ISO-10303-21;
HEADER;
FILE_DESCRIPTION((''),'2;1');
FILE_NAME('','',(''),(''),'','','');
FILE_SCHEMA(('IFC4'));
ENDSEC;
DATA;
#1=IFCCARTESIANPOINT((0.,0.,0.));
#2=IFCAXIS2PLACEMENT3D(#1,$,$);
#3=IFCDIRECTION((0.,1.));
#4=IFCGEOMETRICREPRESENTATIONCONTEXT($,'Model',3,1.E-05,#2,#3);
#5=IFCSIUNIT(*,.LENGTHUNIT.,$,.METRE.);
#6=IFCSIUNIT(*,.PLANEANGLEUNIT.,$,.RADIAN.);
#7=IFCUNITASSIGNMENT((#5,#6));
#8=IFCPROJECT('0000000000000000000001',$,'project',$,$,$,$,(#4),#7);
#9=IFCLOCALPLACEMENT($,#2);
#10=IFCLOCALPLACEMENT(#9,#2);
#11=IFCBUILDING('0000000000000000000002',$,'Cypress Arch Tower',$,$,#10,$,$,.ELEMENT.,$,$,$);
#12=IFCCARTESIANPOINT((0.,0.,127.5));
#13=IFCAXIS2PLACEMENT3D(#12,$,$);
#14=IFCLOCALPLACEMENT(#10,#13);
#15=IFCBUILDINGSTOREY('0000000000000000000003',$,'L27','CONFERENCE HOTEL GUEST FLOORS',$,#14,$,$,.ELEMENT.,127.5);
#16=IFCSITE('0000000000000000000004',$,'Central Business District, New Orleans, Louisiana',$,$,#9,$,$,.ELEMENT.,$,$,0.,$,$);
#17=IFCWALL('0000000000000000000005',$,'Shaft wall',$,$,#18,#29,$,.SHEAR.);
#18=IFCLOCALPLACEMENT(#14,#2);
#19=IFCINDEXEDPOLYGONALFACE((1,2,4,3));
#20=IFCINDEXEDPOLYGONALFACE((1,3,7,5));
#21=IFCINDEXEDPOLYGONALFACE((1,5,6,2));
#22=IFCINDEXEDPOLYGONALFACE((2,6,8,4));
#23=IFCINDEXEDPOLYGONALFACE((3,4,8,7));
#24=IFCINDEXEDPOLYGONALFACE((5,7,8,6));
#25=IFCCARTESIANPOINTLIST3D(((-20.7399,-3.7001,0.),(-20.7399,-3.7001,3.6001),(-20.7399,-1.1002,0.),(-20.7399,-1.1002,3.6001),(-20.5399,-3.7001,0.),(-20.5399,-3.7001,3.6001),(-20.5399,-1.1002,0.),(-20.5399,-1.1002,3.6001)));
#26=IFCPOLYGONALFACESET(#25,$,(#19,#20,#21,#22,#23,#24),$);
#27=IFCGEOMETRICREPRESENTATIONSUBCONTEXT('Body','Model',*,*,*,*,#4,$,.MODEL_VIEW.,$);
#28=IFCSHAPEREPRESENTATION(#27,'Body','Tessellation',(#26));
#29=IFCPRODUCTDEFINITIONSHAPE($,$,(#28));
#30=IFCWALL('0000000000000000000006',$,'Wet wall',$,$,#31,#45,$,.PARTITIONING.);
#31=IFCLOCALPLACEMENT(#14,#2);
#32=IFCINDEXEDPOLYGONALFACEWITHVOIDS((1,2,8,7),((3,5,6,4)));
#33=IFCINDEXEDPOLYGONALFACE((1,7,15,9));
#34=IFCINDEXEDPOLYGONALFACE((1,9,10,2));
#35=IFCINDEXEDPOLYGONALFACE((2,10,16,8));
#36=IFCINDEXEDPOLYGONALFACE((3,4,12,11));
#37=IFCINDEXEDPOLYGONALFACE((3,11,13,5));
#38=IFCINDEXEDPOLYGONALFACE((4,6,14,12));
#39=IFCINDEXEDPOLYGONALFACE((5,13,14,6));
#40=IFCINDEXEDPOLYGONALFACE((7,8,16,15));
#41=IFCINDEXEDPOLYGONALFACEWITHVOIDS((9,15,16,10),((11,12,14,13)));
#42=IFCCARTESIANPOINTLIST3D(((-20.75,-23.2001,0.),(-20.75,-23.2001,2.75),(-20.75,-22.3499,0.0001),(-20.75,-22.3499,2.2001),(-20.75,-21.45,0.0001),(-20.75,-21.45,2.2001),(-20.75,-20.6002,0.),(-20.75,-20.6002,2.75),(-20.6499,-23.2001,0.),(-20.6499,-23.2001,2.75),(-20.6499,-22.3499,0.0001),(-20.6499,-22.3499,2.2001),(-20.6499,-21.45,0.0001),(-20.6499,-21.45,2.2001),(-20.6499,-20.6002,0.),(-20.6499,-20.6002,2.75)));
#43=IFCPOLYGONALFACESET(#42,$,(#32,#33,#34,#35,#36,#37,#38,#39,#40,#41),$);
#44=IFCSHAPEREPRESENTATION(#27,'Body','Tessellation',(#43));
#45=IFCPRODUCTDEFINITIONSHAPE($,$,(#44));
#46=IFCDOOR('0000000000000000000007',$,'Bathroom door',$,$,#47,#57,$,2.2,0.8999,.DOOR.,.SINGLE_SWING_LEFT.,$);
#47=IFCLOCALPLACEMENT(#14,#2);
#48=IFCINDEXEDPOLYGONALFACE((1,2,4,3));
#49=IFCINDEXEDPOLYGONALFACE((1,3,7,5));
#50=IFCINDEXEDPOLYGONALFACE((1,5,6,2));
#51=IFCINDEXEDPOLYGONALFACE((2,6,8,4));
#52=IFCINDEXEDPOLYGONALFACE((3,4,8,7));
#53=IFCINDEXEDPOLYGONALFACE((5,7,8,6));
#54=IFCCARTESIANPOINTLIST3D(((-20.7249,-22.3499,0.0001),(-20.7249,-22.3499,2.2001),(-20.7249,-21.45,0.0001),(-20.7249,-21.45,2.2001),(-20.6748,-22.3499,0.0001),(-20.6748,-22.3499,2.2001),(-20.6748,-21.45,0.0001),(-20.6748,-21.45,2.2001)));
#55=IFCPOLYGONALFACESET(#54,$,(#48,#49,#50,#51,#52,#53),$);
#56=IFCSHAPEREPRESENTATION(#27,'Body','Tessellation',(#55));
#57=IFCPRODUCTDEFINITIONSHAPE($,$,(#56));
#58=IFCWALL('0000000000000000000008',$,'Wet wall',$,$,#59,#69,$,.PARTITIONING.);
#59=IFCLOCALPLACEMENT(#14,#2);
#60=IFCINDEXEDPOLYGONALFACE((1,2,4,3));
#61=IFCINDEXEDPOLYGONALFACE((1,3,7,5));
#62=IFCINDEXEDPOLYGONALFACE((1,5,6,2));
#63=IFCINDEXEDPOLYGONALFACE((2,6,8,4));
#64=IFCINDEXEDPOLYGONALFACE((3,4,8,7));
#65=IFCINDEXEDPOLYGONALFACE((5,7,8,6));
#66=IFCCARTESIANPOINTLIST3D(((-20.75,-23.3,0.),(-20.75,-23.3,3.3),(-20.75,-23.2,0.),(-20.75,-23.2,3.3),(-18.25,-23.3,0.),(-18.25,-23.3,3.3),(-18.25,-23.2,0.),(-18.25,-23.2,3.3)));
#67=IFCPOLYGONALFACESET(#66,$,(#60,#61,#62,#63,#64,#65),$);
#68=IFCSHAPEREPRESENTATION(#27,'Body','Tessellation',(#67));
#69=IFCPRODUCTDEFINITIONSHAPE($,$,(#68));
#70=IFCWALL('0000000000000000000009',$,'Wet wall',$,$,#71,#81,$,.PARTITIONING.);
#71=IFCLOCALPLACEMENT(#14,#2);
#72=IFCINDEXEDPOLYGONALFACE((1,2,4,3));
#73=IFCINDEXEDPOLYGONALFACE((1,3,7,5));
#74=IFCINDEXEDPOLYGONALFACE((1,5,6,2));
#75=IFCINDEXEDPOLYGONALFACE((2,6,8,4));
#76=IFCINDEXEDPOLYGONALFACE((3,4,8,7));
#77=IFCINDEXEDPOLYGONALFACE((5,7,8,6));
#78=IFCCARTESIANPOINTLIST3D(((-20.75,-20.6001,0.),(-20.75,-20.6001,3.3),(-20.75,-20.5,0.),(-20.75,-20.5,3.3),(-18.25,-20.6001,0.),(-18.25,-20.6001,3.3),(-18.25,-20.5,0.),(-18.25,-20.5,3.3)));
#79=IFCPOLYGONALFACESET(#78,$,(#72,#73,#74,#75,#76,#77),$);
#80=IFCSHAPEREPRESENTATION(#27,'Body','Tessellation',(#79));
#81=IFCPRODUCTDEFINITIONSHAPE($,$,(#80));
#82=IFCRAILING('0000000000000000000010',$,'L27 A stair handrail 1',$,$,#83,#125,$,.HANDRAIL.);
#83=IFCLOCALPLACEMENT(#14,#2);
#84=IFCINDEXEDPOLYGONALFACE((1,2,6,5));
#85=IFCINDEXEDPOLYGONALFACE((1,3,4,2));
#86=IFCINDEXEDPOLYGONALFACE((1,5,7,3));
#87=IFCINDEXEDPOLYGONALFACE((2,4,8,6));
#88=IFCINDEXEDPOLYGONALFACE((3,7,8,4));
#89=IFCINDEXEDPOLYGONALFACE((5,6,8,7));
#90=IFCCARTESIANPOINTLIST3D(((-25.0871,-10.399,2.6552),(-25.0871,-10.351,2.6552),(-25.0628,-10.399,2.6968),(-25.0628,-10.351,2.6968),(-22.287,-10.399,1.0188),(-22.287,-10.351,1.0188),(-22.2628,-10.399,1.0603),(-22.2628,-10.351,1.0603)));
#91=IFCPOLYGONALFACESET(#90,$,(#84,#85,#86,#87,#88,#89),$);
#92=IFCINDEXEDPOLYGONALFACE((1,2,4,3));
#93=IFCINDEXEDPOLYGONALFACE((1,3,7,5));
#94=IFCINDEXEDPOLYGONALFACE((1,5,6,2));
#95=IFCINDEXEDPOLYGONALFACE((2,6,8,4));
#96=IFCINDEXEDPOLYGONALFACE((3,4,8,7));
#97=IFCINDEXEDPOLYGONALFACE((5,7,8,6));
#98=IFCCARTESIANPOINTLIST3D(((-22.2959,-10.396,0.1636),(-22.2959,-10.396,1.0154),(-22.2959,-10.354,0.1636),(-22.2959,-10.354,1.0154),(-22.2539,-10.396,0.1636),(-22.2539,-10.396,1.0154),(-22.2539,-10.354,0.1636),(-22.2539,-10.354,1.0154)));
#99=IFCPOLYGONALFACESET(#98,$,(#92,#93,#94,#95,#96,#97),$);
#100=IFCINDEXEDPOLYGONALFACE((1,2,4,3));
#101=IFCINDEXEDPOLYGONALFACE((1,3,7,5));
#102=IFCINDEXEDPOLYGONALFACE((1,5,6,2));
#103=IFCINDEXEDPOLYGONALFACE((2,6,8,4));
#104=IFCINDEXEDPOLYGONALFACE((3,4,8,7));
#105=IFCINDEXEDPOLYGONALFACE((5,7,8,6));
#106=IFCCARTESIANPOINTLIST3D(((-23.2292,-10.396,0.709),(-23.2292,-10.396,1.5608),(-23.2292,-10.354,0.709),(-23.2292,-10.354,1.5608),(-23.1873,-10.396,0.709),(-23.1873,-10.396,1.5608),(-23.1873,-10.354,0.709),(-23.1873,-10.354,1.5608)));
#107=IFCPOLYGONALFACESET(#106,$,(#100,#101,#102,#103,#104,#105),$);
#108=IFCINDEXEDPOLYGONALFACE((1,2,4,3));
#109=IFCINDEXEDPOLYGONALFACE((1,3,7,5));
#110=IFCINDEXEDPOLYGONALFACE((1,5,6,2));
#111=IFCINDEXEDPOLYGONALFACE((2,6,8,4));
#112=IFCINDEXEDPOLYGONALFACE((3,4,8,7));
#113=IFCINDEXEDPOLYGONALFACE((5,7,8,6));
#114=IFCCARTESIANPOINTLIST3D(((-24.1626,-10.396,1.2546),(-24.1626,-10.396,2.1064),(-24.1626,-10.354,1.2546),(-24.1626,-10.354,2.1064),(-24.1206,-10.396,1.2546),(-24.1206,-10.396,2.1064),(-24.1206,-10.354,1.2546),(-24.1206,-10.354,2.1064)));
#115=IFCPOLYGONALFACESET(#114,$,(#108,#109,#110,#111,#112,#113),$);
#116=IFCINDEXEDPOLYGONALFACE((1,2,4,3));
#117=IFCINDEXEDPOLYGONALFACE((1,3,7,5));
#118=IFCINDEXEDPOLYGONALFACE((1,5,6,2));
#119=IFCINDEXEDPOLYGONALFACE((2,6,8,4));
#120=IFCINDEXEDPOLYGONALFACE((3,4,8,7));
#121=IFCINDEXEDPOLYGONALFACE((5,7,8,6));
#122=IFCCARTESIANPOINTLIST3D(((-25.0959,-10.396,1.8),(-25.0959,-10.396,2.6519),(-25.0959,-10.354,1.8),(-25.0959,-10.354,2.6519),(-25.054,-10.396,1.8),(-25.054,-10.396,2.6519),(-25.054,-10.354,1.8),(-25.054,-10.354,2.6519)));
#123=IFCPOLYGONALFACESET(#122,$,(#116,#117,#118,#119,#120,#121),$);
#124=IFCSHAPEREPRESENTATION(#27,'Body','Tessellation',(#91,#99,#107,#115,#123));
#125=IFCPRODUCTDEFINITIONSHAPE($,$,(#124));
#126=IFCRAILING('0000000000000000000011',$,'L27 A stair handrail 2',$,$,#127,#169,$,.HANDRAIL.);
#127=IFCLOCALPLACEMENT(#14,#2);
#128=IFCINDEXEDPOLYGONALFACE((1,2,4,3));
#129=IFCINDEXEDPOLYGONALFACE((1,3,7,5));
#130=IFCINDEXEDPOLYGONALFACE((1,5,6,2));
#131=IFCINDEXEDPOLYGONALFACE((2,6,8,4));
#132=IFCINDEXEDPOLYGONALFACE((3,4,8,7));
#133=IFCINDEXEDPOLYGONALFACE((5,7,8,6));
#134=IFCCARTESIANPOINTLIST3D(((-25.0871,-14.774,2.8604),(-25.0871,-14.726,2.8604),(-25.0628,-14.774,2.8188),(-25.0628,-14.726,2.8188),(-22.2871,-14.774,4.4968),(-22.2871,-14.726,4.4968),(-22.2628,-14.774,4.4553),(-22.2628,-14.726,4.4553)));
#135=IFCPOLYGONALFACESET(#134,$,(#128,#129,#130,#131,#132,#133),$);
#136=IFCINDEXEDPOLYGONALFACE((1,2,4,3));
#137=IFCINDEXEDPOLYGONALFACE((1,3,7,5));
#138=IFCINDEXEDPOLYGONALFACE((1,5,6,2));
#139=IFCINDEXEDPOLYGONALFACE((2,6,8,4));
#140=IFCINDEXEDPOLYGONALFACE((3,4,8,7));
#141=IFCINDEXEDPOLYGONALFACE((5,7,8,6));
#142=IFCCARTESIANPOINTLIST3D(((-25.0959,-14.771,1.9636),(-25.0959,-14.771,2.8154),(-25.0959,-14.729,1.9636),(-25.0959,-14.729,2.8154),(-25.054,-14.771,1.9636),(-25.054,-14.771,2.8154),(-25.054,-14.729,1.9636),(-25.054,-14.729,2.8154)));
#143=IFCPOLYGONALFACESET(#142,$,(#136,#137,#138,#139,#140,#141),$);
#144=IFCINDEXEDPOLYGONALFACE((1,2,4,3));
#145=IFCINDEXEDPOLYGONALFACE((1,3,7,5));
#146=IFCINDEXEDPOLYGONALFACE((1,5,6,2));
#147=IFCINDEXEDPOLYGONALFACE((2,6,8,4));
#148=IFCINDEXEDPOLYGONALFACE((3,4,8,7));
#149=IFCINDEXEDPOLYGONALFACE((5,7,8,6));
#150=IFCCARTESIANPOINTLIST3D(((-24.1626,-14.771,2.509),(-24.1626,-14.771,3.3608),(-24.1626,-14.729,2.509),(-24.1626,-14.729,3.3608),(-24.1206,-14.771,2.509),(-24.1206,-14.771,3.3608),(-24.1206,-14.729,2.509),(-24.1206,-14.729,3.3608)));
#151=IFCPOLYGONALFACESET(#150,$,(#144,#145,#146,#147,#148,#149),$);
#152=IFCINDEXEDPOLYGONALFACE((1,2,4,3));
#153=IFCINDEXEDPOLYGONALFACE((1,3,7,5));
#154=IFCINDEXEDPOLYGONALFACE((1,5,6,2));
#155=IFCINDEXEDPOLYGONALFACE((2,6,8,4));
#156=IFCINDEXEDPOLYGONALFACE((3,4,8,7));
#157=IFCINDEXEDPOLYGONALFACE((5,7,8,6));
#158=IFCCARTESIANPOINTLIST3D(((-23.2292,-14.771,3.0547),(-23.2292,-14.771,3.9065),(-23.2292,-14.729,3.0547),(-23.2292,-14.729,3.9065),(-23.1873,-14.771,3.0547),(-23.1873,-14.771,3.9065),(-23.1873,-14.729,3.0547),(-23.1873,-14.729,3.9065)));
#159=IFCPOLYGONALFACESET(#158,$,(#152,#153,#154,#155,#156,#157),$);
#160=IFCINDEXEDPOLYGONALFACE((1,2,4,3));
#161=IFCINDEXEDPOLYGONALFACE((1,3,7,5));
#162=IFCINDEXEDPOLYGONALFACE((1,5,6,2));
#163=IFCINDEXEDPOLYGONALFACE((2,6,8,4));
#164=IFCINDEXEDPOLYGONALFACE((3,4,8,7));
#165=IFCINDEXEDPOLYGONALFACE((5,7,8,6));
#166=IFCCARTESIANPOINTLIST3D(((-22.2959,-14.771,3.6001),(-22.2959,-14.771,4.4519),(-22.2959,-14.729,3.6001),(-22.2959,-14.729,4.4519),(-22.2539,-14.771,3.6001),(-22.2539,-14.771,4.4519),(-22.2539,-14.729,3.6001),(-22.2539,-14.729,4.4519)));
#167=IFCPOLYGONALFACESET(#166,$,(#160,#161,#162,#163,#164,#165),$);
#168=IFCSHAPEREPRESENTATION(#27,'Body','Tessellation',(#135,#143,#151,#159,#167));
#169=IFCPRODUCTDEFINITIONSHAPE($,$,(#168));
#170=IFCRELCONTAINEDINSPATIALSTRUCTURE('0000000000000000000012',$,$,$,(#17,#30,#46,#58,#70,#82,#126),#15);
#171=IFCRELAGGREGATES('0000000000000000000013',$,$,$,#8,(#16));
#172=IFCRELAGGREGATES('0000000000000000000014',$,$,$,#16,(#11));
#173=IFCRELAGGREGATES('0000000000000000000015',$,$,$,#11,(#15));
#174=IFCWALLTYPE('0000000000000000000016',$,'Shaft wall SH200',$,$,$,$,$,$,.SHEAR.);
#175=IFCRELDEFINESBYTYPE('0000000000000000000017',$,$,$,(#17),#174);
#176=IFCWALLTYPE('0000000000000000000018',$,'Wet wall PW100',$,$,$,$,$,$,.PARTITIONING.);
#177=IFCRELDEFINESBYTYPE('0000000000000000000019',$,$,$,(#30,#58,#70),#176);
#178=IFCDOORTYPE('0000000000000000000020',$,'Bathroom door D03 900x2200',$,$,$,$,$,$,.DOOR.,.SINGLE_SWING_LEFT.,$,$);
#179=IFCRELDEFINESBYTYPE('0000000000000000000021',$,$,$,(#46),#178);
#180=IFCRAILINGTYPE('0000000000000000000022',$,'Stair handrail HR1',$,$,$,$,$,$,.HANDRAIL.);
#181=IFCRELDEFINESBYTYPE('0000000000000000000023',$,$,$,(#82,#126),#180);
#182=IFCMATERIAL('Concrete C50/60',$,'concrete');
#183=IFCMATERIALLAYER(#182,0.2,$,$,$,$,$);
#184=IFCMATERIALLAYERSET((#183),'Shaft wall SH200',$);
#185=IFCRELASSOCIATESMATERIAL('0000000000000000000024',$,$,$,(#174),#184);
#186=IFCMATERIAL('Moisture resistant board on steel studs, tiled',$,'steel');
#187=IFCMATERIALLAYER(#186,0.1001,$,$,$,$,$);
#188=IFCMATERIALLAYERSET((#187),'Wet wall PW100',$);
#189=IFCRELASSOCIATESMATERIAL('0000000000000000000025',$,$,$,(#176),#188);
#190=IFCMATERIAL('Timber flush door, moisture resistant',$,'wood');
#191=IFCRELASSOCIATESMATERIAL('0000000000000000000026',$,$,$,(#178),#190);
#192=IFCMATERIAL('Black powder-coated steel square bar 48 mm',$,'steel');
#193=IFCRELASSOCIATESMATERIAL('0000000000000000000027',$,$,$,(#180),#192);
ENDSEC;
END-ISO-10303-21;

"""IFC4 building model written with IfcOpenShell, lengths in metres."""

from ifc_helpers import new_model, si_unit, direction, frame, frame_2d, origin, origin_2d, place, context, subcontext, project, spatial, rectangle, extrude, material, layer, layer_set, type_object, element, fill, save


model = new_model("IFC4")

# Units and contexts
model_context = context("Model", 3, precision=1e-05, world=origin(), true_north=direction((0.0, 1.0)))
body_context = subcontext(model_context, "Body", "Model", "MODEL_VIEW")
ifc_project = project(units=[si_unit("LENGTHUNIT", "METRE"), si_unit("PLANEANGLEUNIT", "RADIAN")], contexts=[model_context])

# Site, building, storey
site_placement = place(None, origin())
site = spatial("IfcSite", under=ifc_project, at=site_placement, Name="Central Business District, New Orleans, Louisiana", CompositionType="ELEMENT", RefElevation=0.0)
building_placement = place(site_placement, origin())
building = spatial("IfcBuilding", under=site, at=building_placement, Name="Cypress Arch Tower", CompositionType="ELEMENT")
storey_placement = place(building_placement, frame((0.0, 0.0, 127.5)))
storey = spatial("IfcBuildingStorey", under=building, at=storey_placement, Name="L27", Description="CONFERENCE HOTEL GUEST FLOORS", CompositionType="ELEMENT", Elevation=127.5)

# Wall
ifc_material_1 = material(Name="Concrete C50/60", Category="concrete")
ifc_layer_1 = layer(ifc_material_1, 0.2)
ifc_layer_set_1 = layer_set([ifc_layer_1], Name="Shaft wall SH200")
wall_type_1 = type_object("IfcWallType", Name="Shaft wall SH200", PredefinedType="SHEAR", material=ifc_layer_set_1)
wall_1_placement = place(storey_placement, frame((-20.6399, -3.7, 0.0), z_axis=(0.0, 0.0, 1.0), x_axis=(0.0, 1.0, 0.0)))
element("IfcWall", 1, at=wall_1_placement, inside=storey, type_object=wall_type_1, Name="Shaft wall", PredefinedType="SHEAR", context=body_context, shape_type="SweptSolid", body=[
    extrude(rectangle(XDim=2.5999, YDim=0.2, at=frame_2d((1.2998, 0.0))), origin(), (0.0, 0.0, 1.0), 3.6001),
])

# Wall, opening, door
ifc_material_2 = material(Name="Moisture resistant board on steel studs, tiled", Category="steel")
ifc_layer_2 = layer(ifc_material_2, 0.1001)
ifc_layer_set_2 = layer_set([ifc_layer_2], Name="Wet wall PW100")
wall_type_2 = type_object("IfcWallType", Name="Wet wall PW100", PredefinedType="PARTITIONING", material=ifc_layer_set_2)
wall_2_placement = place(storey_placement, frame((-20.7, -23.2, 0.0), z_axis=(0.0, 0.0, 1.0), x_axis=(0.0, 1.0, 0.0)))
wall_2 = element("IfcWall", 2, at=wall_2_placement, inside=storey, type_object=wall_type_2, Name="Wet wall", PredefinedType="PARTITIONING", context=body_context, shape_type="SweptSolid", body=[
    extrude(rectangle(XDim=2.5999, YDim=0.1001, at=frame_2d((1.2998, 0.0))), origin(), (0.0, 0.0, 1.0), 2.75),
])
opening_1_placement = place(wall_2_placement, frame((0.8501, 0.0, 0.0)))
opening_1 = element("IfcOpeningElement", 3, at=opening_1_placement, cuts=wall_2, PredefinedType="OPENING", context=body_context, shape_type="SweptSolid", body=[
    extrude(rectangle(XDim=0.8999, YDim=2.2, at=frame_2d((0.45, 1.1001))), frame((0.0, 0.0601, 0.0), z_axis=(0.0, -1.0, 0.0), x_axis=(1.0, 0.0, 0.0)), (0.0, 0.0, 1.0), 0.1201),
])
ifc_material_3 = material(Name="Timber flush door, moisture resistant", Category="wood")
door_type_1 = type_object("IfcDoorType", Name="Bathroom door D03 900x2200", OperationType="SINGLE_SWING_LEFT", PredefinedType="DOOR", material=ifc_material_3)
door_1_placement = place(opening_1_placement, origin())
door_1 = element("IfcDoor", 4, at=door_1_placement, inside=storey, type_object=door_type_1, Name="Bathroom door", OperationType="SINGLE_SWING_LEFT", OverallHeight=2.2, OverallWidth=0.8999, PredefinedType="DOOR", context=body_context, shape_type="SweptSolid", body=[
    extrude(rectangle(XDim=0.8999, YDim=2.2, at=frame_2d((0.45, 1.1001))), frame((0.0, 0.0249, 0.0), z_axis=(0.0, -1.0, 0.0), x_axis=(1.0, 0.0, 0.0)), (0.0, 0.0, 1.0), 0.05),
])
fill(opening_1, door_1)

# Walls
for number, where, z_axis, x_axis, name in (
    (5, (-20.75, -23.25, 0.0), (0.0, 0.0, 1.0), (1.0, 0.0, 0.0), "Wet wall"),
    (6, (-20.75, -20.55, 0.0), (0.0, 0.0, 1.0), (1.0, 0.0, 0.0), "Wet wall"),
):
    element("IfcWall", number, at=place(storey_placement, frame(where, z_axis=z_axis, x_axis=x_axis)), inside=storey, type_object=wall_type_2, Name=name, PredefinedType="PARTITIONING", context=body_context, shape_type="SweptSolid", body=[
        extrude(rectangle(XDim=2.5, YDim=0.1001, at=frame_2d((1.25, 0.0))), origin(), (0.0, 0.0, 1.0), 3.3),
    ])

# Railings
ifc_material_4 = material(Name="Black powder-coated steel square bar 48 mm", Category="steel")
railing_type_1 = type_object("IfcRailingType", Name="Stair handrail HR1", PredefinedType="HANDRAIL", material=ifc_material_4)
railing_1_placement = place(storey_placement, frame((-22.2749, -10.375, 0.1636)))
element("IfcRailing", 7, at=railing_1_placement, inside=storey, type_object=railing_type_1, Name="L27 A stair handrail 1", PredefinedType="HANDRAIL", context=body_context, shape_type="SweptSolid", body=[
    extrude(rectangle(XDim=0.0481, YDim=0.0481, at=origin_2d()), frame((0.0, 0.0, 0.876), z_axis=(-0.863361, 0.0, 0.504587), x_axis=(0.0, -1.0, 0.0)), (0.0, 0.0, 1.0), 3.2432),
    extrude(rectangle(XDim=0.042, YDim=0.042, at=origin_2d()), origin(), (0.0, 0.0, 1.0), 0.8518),
    extrude(rectangle(XDim=0.042, YDim=0.042, at=origin_2d()), frame((-0.9333, 0.0, 0.5454)), (0.0, 0.0, 1.0), 0.8518),
    extrude(rectangle(XDim=0.042, YDim=0.042, at=origin_2d()), frame((-1.8667, 0.0, 1.0911)), (0.0, 0.0, 1.0), 0.8518),
    extrude(rectangle(XDim=0.042, YDim=0.042, at=origin_2d()), frame((-2.8, 0.0, 1.6365)), (0.0, 0.0, 1.0), 0.8518),
])
railing_2_placement = place(storey_placement, frame((-25.075, -14.75, 1.9636)))
element("IfcRailing", 8, at=railing_2_placement, inside=storey, type_object=railing_type_1, Name="L27 A stair handrail 2", PredefinedType="HANDRAIL", context=body_context, shape_type="SweptSolid", body=[
    extrude(rectangle(XDim=0.0481, YDim=0.0481, at=origin_2d()), frame((0.0, 0.0, 0.876), z_axis=(0.863361, 0.0, 0.504587), x_axis=(0.0, 1.0, 0.0)), (0.0, 0.0, 1.0), 3.2432),
    extrude(rectangle(XDim=0.042, YDim=0.042, at=origin_2d()), origin(), (0.0, 0.0, 1.0), 0.8518),
    extrude(rectangle(XDim=0.042, YDim=0.042, at=origin_2d()), frame((0.9333, 0.0, 0.5454)), (0.0, 0.0, 1.0), 0.8518),
    extrude(rectangle(XDim=0.042, YDim=0.042, at=origin_2d()), frame((1.8667, 0.0, 1.0911)), (0.0, 0.0, 1.0), 0.8518),
    extrude(rectangle(XDim=0.042, YDim=0.042, at=origin_2d()), frame((2.8, 0.0, 1.6365)), (0.0, 0.0, 1.0), 0.8518),
])

save(model, "model.ifc")
